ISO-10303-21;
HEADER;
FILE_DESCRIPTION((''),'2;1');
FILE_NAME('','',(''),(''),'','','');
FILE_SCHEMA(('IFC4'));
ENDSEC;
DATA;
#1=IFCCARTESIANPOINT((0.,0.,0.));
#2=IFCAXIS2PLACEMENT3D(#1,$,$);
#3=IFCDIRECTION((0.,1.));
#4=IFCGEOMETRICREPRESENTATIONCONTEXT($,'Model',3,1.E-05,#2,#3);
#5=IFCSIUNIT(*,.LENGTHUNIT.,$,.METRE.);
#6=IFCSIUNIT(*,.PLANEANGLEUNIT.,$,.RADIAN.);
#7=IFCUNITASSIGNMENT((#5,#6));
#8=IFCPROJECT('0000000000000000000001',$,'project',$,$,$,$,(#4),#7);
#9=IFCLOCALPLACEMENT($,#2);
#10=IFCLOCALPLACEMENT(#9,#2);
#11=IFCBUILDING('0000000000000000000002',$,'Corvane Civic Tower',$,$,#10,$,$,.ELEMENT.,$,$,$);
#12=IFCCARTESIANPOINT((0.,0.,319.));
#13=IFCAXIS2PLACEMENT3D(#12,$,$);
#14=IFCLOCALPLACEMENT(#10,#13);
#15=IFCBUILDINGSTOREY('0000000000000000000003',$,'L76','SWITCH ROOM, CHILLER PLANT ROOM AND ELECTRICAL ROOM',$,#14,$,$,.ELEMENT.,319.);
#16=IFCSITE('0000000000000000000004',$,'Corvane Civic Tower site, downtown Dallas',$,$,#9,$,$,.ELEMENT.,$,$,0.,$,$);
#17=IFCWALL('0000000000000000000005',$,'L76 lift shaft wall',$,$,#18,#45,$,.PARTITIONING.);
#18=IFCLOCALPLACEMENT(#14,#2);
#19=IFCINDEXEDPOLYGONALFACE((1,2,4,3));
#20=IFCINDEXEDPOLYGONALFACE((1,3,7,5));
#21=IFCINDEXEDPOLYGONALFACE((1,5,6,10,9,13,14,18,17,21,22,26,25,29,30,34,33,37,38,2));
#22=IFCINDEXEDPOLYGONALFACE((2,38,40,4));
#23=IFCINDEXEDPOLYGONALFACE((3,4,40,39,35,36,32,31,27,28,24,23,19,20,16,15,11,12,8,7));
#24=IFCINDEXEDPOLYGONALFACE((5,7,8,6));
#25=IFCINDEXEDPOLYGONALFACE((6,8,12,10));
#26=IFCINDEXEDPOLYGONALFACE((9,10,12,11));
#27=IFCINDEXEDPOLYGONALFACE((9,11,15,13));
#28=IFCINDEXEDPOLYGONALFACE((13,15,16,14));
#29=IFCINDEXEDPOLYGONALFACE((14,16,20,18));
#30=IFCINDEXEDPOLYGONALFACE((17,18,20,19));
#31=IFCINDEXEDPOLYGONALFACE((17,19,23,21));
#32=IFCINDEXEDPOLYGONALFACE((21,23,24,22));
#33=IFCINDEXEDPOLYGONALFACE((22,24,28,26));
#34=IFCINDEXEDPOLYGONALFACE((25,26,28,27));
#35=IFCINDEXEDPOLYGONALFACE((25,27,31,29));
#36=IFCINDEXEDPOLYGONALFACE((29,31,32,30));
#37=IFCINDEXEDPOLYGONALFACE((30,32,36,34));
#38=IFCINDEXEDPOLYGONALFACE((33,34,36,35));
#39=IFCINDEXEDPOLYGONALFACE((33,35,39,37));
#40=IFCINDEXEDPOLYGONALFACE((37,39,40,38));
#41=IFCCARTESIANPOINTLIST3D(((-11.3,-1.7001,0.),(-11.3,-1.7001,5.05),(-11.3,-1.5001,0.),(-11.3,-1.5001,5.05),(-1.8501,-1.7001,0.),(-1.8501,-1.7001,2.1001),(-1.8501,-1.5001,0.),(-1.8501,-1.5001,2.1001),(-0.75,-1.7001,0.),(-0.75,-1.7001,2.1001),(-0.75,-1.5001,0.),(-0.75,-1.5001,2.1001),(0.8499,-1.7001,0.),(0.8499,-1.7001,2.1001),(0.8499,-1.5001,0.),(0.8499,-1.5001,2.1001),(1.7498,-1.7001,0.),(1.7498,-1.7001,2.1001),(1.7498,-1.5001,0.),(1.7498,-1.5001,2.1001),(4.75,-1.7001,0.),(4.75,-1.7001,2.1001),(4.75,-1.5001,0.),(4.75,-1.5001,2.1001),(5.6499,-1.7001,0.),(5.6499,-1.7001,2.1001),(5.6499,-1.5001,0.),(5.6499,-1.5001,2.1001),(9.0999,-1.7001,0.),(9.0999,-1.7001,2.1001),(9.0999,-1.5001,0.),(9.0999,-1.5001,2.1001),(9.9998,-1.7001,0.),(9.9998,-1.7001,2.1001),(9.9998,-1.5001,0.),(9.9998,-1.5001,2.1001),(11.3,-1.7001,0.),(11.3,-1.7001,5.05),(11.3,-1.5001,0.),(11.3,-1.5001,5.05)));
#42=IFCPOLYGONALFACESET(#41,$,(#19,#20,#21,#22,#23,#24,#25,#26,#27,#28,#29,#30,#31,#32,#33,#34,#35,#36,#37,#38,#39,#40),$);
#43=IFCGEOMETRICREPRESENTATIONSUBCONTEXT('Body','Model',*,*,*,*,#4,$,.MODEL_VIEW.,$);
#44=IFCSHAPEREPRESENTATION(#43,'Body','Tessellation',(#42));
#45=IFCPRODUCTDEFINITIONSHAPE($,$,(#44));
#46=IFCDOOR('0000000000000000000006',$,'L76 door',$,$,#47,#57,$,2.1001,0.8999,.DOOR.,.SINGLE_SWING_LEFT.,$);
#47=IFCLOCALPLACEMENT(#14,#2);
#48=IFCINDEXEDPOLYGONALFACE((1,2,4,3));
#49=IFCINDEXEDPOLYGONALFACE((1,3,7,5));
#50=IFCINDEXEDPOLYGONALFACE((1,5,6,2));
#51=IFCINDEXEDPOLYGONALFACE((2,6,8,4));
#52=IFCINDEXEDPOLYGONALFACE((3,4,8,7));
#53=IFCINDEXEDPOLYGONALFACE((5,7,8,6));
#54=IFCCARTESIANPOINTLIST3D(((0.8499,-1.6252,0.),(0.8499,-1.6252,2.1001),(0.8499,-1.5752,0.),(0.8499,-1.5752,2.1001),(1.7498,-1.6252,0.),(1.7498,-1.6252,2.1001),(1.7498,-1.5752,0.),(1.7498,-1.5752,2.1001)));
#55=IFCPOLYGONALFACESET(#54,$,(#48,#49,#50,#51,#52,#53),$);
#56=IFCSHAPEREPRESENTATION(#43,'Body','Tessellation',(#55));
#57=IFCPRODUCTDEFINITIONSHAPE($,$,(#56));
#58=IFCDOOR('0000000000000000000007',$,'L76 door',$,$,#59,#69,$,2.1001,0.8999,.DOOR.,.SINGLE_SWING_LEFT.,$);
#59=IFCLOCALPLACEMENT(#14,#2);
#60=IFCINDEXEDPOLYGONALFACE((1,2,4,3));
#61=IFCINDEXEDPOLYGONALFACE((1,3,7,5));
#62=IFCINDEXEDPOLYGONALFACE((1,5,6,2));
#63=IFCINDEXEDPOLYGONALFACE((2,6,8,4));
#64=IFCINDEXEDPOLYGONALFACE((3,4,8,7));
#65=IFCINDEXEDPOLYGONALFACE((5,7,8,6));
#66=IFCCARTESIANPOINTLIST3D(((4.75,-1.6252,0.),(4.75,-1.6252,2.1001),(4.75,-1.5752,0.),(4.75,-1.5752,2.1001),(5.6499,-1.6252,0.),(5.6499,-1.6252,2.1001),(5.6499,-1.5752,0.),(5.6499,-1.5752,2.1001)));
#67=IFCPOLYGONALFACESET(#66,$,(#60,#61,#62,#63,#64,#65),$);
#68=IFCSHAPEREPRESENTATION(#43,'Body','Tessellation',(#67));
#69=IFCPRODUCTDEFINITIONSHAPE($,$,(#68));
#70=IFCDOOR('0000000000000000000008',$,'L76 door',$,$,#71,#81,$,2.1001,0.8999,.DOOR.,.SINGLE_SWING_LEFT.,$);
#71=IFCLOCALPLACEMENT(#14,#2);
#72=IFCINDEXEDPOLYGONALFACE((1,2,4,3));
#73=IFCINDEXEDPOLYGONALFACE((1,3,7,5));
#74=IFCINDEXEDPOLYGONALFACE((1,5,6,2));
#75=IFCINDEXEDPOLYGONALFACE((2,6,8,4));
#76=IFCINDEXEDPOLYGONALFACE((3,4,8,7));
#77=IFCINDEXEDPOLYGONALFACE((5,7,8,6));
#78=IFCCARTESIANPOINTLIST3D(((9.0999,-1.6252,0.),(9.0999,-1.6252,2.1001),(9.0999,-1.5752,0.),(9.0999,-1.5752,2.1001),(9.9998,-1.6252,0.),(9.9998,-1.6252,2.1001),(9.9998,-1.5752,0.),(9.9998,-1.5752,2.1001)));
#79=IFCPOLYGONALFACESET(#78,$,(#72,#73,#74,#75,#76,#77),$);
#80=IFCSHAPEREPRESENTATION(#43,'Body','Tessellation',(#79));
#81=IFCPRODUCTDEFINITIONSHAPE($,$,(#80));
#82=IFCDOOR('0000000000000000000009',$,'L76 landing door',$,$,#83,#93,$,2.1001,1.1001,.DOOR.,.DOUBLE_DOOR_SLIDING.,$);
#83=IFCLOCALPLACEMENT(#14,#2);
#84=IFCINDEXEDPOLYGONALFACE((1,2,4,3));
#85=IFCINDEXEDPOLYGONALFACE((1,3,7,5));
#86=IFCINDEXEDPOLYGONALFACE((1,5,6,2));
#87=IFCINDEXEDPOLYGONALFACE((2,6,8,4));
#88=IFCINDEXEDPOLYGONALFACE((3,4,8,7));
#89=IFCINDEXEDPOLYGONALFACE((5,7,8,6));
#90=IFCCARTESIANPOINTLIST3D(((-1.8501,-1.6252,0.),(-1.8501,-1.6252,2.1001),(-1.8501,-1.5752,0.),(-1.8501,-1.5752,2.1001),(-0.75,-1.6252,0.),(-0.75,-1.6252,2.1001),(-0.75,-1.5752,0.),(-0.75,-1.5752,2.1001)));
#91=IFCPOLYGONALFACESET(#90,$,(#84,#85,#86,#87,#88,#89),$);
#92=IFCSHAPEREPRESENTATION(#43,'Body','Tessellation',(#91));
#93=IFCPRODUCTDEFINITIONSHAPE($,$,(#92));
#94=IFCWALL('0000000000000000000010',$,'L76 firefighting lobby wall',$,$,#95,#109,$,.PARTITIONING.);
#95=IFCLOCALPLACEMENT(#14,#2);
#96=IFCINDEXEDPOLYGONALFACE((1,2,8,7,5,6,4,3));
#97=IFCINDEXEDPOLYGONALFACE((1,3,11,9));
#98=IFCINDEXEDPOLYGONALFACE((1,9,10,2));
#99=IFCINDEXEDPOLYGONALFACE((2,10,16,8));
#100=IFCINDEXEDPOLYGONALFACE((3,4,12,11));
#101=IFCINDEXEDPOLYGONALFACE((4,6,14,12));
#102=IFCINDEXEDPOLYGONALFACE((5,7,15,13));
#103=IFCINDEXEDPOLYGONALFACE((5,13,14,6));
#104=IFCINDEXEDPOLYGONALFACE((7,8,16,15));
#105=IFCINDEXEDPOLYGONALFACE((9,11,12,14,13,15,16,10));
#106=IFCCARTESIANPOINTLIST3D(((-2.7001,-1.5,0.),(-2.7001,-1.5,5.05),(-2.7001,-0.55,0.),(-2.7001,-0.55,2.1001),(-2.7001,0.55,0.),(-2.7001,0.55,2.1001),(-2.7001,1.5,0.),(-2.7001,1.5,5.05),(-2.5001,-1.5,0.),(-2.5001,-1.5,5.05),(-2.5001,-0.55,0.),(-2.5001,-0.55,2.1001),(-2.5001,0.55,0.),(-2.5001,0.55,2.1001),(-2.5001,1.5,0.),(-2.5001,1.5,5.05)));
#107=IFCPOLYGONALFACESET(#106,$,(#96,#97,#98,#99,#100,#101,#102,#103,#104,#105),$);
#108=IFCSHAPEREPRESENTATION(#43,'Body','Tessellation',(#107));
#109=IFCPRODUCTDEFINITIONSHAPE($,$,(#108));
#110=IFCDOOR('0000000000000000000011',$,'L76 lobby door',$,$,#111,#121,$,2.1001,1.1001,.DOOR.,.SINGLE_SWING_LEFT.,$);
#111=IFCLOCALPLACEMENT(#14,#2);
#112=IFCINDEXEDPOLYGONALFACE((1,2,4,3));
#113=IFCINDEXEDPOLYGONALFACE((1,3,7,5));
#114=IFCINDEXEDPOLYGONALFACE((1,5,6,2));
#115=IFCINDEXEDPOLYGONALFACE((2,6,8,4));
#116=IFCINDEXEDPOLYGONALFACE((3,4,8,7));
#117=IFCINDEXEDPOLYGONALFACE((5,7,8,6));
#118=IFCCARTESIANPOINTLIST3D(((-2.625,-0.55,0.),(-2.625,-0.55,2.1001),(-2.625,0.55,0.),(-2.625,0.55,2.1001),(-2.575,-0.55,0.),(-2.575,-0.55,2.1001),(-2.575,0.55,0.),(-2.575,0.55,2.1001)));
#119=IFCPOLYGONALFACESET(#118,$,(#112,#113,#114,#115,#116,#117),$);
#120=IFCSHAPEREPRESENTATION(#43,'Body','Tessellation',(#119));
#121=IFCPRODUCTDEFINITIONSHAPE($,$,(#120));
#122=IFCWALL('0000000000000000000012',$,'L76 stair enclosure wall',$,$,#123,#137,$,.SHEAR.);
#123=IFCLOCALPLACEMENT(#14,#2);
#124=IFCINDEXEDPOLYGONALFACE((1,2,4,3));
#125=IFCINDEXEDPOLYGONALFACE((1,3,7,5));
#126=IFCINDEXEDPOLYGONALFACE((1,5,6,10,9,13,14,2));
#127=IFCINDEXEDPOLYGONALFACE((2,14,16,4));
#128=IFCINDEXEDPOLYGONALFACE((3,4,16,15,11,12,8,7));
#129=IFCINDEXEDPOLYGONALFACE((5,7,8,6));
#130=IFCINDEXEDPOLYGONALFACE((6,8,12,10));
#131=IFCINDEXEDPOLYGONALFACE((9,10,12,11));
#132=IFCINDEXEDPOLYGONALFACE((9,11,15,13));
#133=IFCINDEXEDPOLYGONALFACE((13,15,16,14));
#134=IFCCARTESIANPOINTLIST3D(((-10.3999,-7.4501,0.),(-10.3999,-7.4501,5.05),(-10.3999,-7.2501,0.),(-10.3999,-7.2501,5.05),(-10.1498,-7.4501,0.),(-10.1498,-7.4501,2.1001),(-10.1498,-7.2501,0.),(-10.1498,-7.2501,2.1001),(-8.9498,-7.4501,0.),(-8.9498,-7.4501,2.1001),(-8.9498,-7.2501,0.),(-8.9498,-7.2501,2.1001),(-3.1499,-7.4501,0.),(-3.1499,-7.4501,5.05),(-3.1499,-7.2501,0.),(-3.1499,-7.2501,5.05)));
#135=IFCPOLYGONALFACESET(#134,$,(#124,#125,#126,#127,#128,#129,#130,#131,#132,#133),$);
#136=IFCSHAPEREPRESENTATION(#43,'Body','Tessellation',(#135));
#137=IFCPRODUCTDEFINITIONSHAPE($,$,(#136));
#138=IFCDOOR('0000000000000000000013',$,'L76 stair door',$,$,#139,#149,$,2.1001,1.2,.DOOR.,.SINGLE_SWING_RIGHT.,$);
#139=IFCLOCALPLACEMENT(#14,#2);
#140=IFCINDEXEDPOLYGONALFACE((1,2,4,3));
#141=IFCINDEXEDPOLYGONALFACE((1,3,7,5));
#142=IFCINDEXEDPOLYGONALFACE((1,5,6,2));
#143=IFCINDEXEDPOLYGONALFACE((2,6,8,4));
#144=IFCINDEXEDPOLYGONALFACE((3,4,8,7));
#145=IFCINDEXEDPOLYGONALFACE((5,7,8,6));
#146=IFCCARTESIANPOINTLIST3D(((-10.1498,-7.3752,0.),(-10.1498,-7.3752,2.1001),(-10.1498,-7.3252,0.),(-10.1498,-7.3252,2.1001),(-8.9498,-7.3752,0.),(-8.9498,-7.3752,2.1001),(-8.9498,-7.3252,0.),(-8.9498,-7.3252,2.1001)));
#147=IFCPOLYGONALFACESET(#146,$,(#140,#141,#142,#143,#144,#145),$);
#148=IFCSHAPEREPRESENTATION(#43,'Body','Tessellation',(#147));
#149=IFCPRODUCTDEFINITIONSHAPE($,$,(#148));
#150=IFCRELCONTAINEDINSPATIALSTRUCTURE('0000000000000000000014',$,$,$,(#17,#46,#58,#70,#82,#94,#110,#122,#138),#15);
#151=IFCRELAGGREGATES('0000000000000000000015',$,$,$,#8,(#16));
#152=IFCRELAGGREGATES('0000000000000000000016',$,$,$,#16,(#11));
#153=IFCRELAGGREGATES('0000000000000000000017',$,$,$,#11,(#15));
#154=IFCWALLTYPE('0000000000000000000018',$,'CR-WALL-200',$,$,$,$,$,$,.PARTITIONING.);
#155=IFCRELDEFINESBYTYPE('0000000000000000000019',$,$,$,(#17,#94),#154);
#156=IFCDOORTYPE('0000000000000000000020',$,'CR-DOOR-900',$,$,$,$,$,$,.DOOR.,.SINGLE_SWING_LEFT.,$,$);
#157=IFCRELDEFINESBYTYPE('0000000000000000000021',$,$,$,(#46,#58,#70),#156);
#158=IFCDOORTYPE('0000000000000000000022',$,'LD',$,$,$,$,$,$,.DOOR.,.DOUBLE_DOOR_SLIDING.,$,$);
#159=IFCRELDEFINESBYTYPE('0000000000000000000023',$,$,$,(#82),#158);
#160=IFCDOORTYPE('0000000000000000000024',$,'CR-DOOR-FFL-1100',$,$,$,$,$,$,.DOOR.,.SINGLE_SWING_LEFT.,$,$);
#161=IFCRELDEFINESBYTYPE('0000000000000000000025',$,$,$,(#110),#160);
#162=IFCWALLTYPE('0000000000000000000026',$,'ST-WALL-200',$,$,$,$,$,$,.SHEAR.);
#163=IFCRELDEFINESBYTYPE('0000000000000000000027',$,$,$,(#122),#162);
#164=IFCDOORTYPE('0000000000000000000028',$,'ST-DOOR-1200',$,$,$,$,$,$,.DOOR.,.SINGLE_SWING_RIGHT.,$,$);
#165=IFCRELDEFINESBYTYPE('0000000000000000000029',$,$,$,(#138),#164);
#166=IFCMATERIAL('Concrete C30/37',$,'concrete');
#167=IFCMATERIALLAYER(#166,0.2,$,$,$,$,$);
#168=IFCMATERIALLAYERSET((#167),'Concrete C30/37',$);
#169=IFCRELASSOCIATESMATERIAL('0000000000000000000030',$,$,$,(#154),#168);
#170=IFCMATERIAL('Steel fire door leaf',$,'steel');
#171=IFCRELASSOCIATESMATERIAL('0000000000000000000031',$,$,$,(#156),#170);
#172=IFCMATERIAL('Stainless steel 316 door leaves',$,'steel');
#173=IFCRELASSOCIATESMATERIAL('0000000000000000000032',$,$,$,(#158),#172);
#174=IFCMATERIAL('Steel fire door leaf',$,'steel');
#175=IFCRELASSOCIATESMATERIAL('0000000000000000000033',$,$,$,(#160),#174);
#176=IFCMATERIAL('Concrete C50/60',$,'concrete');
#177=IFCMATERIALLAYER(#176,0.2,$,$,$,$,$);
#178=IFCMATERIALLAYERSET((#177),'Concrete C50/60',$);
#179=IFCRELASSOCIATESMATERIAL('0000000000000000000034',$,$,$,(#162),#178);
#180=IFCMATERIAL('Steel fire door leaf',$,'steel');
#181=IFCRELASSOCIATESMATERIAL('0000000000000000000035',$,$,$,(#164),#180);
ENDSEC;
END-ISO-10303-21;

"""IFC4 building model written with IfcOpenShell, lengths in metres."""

from ifc_helpers import new_model, si_unit, direction, frame, frame_2d, origin, place, context, subcontext, project, spatial, rectangle, extrude, material, layer, layer_set, type_object, element, fill, save


model = new_model("IFC4")

# Units and contexts
model_context = context("Model", 3, precision=1e-05, world=origin(), true_north=direction((0.0, 1.0)))
body_context = subcontext(model_context, "Body", "Model", "MODEL_VIEW")
ifc_project = project(units=[si_unit("LENGTHUNIT", "METRE"), si_unit("PLANEANGLEUNIT", "RADIAN")], contexts=[model_context])

# Site, building, storey
site_placement = place(None, origin())
site = spatial("IfcSite", under=ifc_project, at=site_placement, Name="Corvane Civic Tower site, downtown Dallas", CompositionType="ELEMENT", RefElevation=0.0)
building_placement = place(site_placement, origin())
building = spatial("IfcBuilding", under=site, at=building_placement, Name="Corvane Civic Tower", CompositionType="ELEMENT")
storey_placement = place(building_placement, frame((0.0, 0.0, 319.0)))
storey = spatial("IfcBuildingStorey", under=building, at=storey_placement, Name="L76", Description="SWITCH ROOM, CHILLER PLANT ROOM AND ELECTRICAL ROOM", CompositionType="ELEMENT", Elevation=319.0)

# Shared definitions
ifc_material_1 = material(Name="Concrete C30/37", Category="concrete")
ifc_layer_1 = layer(ifc_material_1, 0.2)
ifc_layer_set_1 = layer_set([ifc_layer_1], Name="Concrete C30/37")
wall_type_1 = type_object("IfcWallType", Name="CR-WALL-200", PredefinedType="PARTITIONING", material=ifc_layer_set_1)
ifc_material_2 = material(Name="Steel fire door leaf", Category="steel")
door_type_1 = type_object("IfcDoorType", Name="CR-DOOR-900", OperationType="SINGLE_SWING_LEFT", PredefinedType="DOOR", material=ifc_material_2)

# Wall, openings, doors
wall_1_placement = place(storey_placement, frame((-11.3, -1.6001, 0.0), z_axis=(0.0, 0.0, 1.0), x_axis=(1.0, 0.0, 0.0)))
wall_1 = element("IfcWall", 1, at=wall_1_placement, inside=storey, type_object=wall_type_1, Name="L76 lift shaft wall", PredefinedType="PARTITIONING", context=body_context, shape_type="SweptSolid", body=[
    extrude(rectangle(XDim=22.6001, YDim=0.2, at=frame_2d((11.3, 0.0))), origin(), (0.0, 0.0, 1.0), 5.05),
])
opening_1_placement = place(wall_1_placement, frame((9.45, 0.0, 0.0)))
opening_1 = element("IfcOpeningElement", 2, at=opening_1_placement, cuts=wall_1, PredefinedType="OPENING", context=body_context, shape_type="SweptSolid", body=[
    extrude(rectangle(XDim=1.1001, YDim=2.1001, at=frame_2d((0.55, 1.05))), frame((0.0, 0.1099, 0.0), z_axis=(0.0, -1.0, 0.0), x_axis=(1.0, 0.0, 0.0)), (0.0, 0.0, 1.0), 0.22),
])
opening_2_placement = place(wall_1_placement, frame((12.1499, 0.0, 0.0)))
opening_2 = element("IfcOpeningElement", 3, at=opening_2_placement, cuts=wall_1, PredefinedType="OPENING", context=body_context, shape_type="SweptSolid", body=[
    extrude(rectangle(XDim=0.8999, YDim=2.1001, at=frame_2d((0.45, 1.05))), frame((0.0, 0.1099, 0.0), z_axis=(0.0, -1.0, 0.0), x_axis=(1.0, 0.0, 0.0)), (0.0, 0.0, 1.0), 0.22),
])
opening_3_placement = place(wall_1_placement, frame((16.05, 0.0, 0.0)))
opening_3 = element("IfcOpeningElement", 4, at=opening_3_placement, cuts=wall_1, PredefinedType="OPENING", context=body_context, shape_type="SweptSolid", body=[
    extrude(rectangle(XDim=0.8999, YDim=2.1001, at=frame_2d((0.45, 1.05))), frame((0.0, 0.1099, 0.0), z_axis=(0.0, -1.0, 0.0), x_axis=(1.0, 0.0, 0.0)), (0.0, 0.0, 1.0), 0.22),
])
opening_4_placement = place(wall_1_placement, frame((20.3999, 0.0, 0.0)))
opening_4 = element("IfcOpeningElement", 5, at=opening_4_placement, cuts=wall_1, PredefinedType="OPENING", context=body_context, shape_type="SweptSolid", body=[
    extrude(rectangle(XDim=0.8999, YDim=2.1001, at=frame_2d((0.45, 1.05))), frame((0.0, 0.1099, 0.0), z_axis=(0.0, -1.0, 0.0), x_axis=(1.0, 0.0, 0.0)), (0.0, 0.0, 1.0), 0.22),
])
door_1_placement = place(opening_2_placement, origin())
door_1 = element("IfcDoor", 6, at=door_1_placement, inside=storey, type_object=door_type_1, Name="L76 door", OperationType="SINGLE_SWING_LEFT", OverallHeight=2.1001, OverallWidth=0.8999, PredefinedType="DOOR", context=body_context, shape_type="SweptSolid", body=[
    extrude(rectangle(XDim=0.8999, YDim=2.1001, at=frame_2d((0.45, 1.05))), frame((0.0, 0.0249, 0.0), z_axis=(0.0, -1.0, 0.0), x_axis=(1.0, 0.0, 0.0)), (0.0, 0.0, 1.0), 0.05),
])
fill(opening_2, door_1)
door_2_placement = place(opening_3_placement, origin())
door_2 = element("IfcDoor", 7, at=door_2_placement, inside=storey, type_object=door_type_1, Name="L76 door", OperationType="SINGLE_SWING_LEFT", OverallHeight=2.1001, OverallWidth=0.8999, PredefinedType="DOOR", context=body_context, shape_type="SweptSolid", body=[
    extrude(rectangle(XDim=0.8999, YDim=2.1001, at=frame_2d((0.45, 1.05))), frame((0.0, 0.0249, 0.0), z_axis=(0.0, -1.0, 0.0), x_axis=(1.0, 0.0, 0.0)), (0.0, 0.0, 1.0), 0.05),
])
fill(opening_3, door_2)
door_3_placement = place(opening_4_placement, origin())
door_3 = element("IfcDoor", 8, at=door_3_placement, inside=storey, type_object=door_type_1, Name="L76 door", OperationType="SINGLE_SWING_LEFT", OverallHeight=2.1001, OverallWidth=0.8999, PredefinedType="DOOR", context=body_context, shape_type="SweptSolid", body=[
    extrude(rectangle(XDim=0.8999, YDim=2.1001, at=frame_2d((0.45, 1.05))), frame((0.0, 0.0249, 0.0), z_axis=(0.0, -1.0, 0.0), x_axis=(1.0, 0.0, 0.0)), (0.0, 0.0, 1.0), 0.05),
])
fill(opening_4, door_3)
ifc_material_3 = material(Name="Stainless steel 316 door leaves", Category="steel")
door_type_2 = type_object("IfcDoorType", Name="LD", OperationType="DOUBLE_DOOR_SLIDING", PredefinedType="DOOR", material=ifc_material_3)
door_4_placement = place(opening_1_placement, origin())
door_4 = element("IfcDoor", 9, at=door_4_placement, inside=storey, type_object=door_type_2, Name="L76 landing door", OperationType="DOUBLE_DOOR_SLIDING", OverallHeight=2.1001, OverallWidth=1.1001, PredefinedType="DOOR", context=body_context, shape_type="SweptSolid", body=[
    extrude(rectangle(XDim=1.1001, YDim=2.1001, at=frame_2d((0.55, 1.05))), frame((0.0, 0.0249, 0.0), z_axis=(0.0, -1.0, 0.0), x_axis=(1.0, 0.0, 0.0)), (0.0, 0.0, 1.0), 0.05),
])
fill(opening_1, door_4)

# Walls, openings, doors
wall_2_placement = place(storey_placement, frame((-2.6001, -1.5, 0.0), z_axis=(0.0, 0.0, 1.0), x_axis=(0.0, 1.0, 0.0)))
wall_2 = element("IfcWall", 10, at=wall_2_placement, inside=storey, type_object=wall_type_1, Name="L76 firefighting lobby wall", PredefinedType="PARTITIONING", context=body_context, shape_type="SweptSolid", body=[
    extrude(rectangle(XDim=3.0, YDim=0.2, at=frame_2d((1.5, 0.0))), origin(), (0.0, 0.0, 1.0), 5.05),
])
opening_5_placement = place(wall_2_placement, frame((0.95, 0.0, 0.0)))
opening_5 = element("IfcOpeningElement", 11, at=opening_5_placement, cuts=wall_2, PredefinedType="OPENING", context=body_context, shape_type="SweptSolid", body=[
    extrude(rectangle(XDim=1.1001, YDim=2.1001, at=frame_2d((0.55, 1.05))), frame((0.0, 0.1099, 0.0), z_axis=(0.0, -1.0, 0.0), x_axis=(1.0, 0.0, 0.0)), (0.0, 0.0, 1.0), 0.22),
])
ifc_material_4 = material(Name="Steel fire door leaf", Category="steel")
door_type_3 = type_object("IfcDoorType", Name="CR-DOOR-FFL-1100", OperationType="SINGLE_SWING_LEFT", PredefinedType="DOOR", material=ifc_material_4)
door_5_placement = place(opening_5_placement, origin())
door_5 = element("IfcDoor", 12, at=door_5_placement, inside=storey, type_object=door_type_3, Name="L76 lobby door", OperationType="SINGLE_SWING_LEFT", OverallHeight=2.1001, OverallWidth=1.1001, PredefinedType="DOOR", context=body_context, shape_type="SweptSolid", body=[
    extrude(rectangle(XDim=1.1001, YDim=2.1001, at=frame_2d((0.55, 1.05))), frame((0.0, 0.0249, 0.0), z_axis=(0.0, -1.0, 0.0), x_axis=(1.0, 0.0, 0.0)), (0.0, 0.0, 1.0), 0.05),
])
fill(opening_5, door_5)
ifc_material_5 = material(Name="Concrete C50/60", Category="concrete")
ifc_layer_2 = layer(ifc_material_5, 0.2)
ifc_layer_set_2 = layer_set([ifc_layer_2], Name="Concrete C50/60")
wall_type_2 = type_object("IfcWallType", Name="ST-WALL-200", PredefinedType="SHEAR", material=ifc_layer_set_2)
wall_3_placement = place(storey_placement, frame((-10.3999, -7.3501, 0.0), z_axis=(0.0, 0.0, 1.0), x_axis=(1.0, 0.0, 0.0)))
wall_3 = element("IfcWall", 13, at=wall_3_placement, inside=storey, type_object=wall_type_2, Name="L76 stair enclosure wall", PredefinedType="SHEAR", context=body_context, shape_type="SweptSolid", body=[
    extrude(rectangle(XDim=7.25, YDim=0.2, at=frame_2d((3.625, 0.0))), origin(), (0.0, 0.0, 1.0), 5.05),
])
opening_6_placement = place(wall_3_placement, frame((0.25, 0.0, 0.0)))
opening_6 = element("IfcOpeningElement", 14, at=opening_6_placement, cuts=wall_3, PredefinedType="OPENING", context=body_context, shape_type="SweptSolid", body=[
    extrude(rectangle(XDim=1.2, YDim=2.1001, at=frame_2d((0.6001, 1.05))), frame((0.0, 0.1099, 0.0), z_axis=(0.0, -1.0, 0.0), x_axis=(1.0, 0.0, 0.0)), (0.0, 0.0, 1.0), 0.22),
])
ifc_material_6 = material(Name="Steel fire door leaf", Category="steel")
door_type_4 = type_object("IfcDoorType", Name="ST-DOOR-1200", OperationType="SINGLE_SWING_RIGHT", PredefinedType="DOOR", material=ifc_material_6)
door_6_placement = place(opening_6_placement, origin())
door_6 = element("IfcDoor", 15, at=door_6_placement, inside=storey, type_object=door_type_4, Name="L76 stair door", OperationType="SINGLE_SWING_RIGHT", OverallHeight=2.1001, OverallWidth=1.2, PredefinedType="DOOR", context=body_context, shape_type="SweptSolid", body=[
    extrude(rectangle(XDim=1.2, YDim=2.1001, at=frame_2d((0.6001, 1.05))), frame((0.0, 0.0249, 0.0), z_axis=(0.0, -1.0, 0.0), x_axis=(1.0, 0.0, 0.0)), (0.0, 0.0, 1.0), 0.05),
])
fill(opening_6, door_6)

save(model, "model.ifc")
